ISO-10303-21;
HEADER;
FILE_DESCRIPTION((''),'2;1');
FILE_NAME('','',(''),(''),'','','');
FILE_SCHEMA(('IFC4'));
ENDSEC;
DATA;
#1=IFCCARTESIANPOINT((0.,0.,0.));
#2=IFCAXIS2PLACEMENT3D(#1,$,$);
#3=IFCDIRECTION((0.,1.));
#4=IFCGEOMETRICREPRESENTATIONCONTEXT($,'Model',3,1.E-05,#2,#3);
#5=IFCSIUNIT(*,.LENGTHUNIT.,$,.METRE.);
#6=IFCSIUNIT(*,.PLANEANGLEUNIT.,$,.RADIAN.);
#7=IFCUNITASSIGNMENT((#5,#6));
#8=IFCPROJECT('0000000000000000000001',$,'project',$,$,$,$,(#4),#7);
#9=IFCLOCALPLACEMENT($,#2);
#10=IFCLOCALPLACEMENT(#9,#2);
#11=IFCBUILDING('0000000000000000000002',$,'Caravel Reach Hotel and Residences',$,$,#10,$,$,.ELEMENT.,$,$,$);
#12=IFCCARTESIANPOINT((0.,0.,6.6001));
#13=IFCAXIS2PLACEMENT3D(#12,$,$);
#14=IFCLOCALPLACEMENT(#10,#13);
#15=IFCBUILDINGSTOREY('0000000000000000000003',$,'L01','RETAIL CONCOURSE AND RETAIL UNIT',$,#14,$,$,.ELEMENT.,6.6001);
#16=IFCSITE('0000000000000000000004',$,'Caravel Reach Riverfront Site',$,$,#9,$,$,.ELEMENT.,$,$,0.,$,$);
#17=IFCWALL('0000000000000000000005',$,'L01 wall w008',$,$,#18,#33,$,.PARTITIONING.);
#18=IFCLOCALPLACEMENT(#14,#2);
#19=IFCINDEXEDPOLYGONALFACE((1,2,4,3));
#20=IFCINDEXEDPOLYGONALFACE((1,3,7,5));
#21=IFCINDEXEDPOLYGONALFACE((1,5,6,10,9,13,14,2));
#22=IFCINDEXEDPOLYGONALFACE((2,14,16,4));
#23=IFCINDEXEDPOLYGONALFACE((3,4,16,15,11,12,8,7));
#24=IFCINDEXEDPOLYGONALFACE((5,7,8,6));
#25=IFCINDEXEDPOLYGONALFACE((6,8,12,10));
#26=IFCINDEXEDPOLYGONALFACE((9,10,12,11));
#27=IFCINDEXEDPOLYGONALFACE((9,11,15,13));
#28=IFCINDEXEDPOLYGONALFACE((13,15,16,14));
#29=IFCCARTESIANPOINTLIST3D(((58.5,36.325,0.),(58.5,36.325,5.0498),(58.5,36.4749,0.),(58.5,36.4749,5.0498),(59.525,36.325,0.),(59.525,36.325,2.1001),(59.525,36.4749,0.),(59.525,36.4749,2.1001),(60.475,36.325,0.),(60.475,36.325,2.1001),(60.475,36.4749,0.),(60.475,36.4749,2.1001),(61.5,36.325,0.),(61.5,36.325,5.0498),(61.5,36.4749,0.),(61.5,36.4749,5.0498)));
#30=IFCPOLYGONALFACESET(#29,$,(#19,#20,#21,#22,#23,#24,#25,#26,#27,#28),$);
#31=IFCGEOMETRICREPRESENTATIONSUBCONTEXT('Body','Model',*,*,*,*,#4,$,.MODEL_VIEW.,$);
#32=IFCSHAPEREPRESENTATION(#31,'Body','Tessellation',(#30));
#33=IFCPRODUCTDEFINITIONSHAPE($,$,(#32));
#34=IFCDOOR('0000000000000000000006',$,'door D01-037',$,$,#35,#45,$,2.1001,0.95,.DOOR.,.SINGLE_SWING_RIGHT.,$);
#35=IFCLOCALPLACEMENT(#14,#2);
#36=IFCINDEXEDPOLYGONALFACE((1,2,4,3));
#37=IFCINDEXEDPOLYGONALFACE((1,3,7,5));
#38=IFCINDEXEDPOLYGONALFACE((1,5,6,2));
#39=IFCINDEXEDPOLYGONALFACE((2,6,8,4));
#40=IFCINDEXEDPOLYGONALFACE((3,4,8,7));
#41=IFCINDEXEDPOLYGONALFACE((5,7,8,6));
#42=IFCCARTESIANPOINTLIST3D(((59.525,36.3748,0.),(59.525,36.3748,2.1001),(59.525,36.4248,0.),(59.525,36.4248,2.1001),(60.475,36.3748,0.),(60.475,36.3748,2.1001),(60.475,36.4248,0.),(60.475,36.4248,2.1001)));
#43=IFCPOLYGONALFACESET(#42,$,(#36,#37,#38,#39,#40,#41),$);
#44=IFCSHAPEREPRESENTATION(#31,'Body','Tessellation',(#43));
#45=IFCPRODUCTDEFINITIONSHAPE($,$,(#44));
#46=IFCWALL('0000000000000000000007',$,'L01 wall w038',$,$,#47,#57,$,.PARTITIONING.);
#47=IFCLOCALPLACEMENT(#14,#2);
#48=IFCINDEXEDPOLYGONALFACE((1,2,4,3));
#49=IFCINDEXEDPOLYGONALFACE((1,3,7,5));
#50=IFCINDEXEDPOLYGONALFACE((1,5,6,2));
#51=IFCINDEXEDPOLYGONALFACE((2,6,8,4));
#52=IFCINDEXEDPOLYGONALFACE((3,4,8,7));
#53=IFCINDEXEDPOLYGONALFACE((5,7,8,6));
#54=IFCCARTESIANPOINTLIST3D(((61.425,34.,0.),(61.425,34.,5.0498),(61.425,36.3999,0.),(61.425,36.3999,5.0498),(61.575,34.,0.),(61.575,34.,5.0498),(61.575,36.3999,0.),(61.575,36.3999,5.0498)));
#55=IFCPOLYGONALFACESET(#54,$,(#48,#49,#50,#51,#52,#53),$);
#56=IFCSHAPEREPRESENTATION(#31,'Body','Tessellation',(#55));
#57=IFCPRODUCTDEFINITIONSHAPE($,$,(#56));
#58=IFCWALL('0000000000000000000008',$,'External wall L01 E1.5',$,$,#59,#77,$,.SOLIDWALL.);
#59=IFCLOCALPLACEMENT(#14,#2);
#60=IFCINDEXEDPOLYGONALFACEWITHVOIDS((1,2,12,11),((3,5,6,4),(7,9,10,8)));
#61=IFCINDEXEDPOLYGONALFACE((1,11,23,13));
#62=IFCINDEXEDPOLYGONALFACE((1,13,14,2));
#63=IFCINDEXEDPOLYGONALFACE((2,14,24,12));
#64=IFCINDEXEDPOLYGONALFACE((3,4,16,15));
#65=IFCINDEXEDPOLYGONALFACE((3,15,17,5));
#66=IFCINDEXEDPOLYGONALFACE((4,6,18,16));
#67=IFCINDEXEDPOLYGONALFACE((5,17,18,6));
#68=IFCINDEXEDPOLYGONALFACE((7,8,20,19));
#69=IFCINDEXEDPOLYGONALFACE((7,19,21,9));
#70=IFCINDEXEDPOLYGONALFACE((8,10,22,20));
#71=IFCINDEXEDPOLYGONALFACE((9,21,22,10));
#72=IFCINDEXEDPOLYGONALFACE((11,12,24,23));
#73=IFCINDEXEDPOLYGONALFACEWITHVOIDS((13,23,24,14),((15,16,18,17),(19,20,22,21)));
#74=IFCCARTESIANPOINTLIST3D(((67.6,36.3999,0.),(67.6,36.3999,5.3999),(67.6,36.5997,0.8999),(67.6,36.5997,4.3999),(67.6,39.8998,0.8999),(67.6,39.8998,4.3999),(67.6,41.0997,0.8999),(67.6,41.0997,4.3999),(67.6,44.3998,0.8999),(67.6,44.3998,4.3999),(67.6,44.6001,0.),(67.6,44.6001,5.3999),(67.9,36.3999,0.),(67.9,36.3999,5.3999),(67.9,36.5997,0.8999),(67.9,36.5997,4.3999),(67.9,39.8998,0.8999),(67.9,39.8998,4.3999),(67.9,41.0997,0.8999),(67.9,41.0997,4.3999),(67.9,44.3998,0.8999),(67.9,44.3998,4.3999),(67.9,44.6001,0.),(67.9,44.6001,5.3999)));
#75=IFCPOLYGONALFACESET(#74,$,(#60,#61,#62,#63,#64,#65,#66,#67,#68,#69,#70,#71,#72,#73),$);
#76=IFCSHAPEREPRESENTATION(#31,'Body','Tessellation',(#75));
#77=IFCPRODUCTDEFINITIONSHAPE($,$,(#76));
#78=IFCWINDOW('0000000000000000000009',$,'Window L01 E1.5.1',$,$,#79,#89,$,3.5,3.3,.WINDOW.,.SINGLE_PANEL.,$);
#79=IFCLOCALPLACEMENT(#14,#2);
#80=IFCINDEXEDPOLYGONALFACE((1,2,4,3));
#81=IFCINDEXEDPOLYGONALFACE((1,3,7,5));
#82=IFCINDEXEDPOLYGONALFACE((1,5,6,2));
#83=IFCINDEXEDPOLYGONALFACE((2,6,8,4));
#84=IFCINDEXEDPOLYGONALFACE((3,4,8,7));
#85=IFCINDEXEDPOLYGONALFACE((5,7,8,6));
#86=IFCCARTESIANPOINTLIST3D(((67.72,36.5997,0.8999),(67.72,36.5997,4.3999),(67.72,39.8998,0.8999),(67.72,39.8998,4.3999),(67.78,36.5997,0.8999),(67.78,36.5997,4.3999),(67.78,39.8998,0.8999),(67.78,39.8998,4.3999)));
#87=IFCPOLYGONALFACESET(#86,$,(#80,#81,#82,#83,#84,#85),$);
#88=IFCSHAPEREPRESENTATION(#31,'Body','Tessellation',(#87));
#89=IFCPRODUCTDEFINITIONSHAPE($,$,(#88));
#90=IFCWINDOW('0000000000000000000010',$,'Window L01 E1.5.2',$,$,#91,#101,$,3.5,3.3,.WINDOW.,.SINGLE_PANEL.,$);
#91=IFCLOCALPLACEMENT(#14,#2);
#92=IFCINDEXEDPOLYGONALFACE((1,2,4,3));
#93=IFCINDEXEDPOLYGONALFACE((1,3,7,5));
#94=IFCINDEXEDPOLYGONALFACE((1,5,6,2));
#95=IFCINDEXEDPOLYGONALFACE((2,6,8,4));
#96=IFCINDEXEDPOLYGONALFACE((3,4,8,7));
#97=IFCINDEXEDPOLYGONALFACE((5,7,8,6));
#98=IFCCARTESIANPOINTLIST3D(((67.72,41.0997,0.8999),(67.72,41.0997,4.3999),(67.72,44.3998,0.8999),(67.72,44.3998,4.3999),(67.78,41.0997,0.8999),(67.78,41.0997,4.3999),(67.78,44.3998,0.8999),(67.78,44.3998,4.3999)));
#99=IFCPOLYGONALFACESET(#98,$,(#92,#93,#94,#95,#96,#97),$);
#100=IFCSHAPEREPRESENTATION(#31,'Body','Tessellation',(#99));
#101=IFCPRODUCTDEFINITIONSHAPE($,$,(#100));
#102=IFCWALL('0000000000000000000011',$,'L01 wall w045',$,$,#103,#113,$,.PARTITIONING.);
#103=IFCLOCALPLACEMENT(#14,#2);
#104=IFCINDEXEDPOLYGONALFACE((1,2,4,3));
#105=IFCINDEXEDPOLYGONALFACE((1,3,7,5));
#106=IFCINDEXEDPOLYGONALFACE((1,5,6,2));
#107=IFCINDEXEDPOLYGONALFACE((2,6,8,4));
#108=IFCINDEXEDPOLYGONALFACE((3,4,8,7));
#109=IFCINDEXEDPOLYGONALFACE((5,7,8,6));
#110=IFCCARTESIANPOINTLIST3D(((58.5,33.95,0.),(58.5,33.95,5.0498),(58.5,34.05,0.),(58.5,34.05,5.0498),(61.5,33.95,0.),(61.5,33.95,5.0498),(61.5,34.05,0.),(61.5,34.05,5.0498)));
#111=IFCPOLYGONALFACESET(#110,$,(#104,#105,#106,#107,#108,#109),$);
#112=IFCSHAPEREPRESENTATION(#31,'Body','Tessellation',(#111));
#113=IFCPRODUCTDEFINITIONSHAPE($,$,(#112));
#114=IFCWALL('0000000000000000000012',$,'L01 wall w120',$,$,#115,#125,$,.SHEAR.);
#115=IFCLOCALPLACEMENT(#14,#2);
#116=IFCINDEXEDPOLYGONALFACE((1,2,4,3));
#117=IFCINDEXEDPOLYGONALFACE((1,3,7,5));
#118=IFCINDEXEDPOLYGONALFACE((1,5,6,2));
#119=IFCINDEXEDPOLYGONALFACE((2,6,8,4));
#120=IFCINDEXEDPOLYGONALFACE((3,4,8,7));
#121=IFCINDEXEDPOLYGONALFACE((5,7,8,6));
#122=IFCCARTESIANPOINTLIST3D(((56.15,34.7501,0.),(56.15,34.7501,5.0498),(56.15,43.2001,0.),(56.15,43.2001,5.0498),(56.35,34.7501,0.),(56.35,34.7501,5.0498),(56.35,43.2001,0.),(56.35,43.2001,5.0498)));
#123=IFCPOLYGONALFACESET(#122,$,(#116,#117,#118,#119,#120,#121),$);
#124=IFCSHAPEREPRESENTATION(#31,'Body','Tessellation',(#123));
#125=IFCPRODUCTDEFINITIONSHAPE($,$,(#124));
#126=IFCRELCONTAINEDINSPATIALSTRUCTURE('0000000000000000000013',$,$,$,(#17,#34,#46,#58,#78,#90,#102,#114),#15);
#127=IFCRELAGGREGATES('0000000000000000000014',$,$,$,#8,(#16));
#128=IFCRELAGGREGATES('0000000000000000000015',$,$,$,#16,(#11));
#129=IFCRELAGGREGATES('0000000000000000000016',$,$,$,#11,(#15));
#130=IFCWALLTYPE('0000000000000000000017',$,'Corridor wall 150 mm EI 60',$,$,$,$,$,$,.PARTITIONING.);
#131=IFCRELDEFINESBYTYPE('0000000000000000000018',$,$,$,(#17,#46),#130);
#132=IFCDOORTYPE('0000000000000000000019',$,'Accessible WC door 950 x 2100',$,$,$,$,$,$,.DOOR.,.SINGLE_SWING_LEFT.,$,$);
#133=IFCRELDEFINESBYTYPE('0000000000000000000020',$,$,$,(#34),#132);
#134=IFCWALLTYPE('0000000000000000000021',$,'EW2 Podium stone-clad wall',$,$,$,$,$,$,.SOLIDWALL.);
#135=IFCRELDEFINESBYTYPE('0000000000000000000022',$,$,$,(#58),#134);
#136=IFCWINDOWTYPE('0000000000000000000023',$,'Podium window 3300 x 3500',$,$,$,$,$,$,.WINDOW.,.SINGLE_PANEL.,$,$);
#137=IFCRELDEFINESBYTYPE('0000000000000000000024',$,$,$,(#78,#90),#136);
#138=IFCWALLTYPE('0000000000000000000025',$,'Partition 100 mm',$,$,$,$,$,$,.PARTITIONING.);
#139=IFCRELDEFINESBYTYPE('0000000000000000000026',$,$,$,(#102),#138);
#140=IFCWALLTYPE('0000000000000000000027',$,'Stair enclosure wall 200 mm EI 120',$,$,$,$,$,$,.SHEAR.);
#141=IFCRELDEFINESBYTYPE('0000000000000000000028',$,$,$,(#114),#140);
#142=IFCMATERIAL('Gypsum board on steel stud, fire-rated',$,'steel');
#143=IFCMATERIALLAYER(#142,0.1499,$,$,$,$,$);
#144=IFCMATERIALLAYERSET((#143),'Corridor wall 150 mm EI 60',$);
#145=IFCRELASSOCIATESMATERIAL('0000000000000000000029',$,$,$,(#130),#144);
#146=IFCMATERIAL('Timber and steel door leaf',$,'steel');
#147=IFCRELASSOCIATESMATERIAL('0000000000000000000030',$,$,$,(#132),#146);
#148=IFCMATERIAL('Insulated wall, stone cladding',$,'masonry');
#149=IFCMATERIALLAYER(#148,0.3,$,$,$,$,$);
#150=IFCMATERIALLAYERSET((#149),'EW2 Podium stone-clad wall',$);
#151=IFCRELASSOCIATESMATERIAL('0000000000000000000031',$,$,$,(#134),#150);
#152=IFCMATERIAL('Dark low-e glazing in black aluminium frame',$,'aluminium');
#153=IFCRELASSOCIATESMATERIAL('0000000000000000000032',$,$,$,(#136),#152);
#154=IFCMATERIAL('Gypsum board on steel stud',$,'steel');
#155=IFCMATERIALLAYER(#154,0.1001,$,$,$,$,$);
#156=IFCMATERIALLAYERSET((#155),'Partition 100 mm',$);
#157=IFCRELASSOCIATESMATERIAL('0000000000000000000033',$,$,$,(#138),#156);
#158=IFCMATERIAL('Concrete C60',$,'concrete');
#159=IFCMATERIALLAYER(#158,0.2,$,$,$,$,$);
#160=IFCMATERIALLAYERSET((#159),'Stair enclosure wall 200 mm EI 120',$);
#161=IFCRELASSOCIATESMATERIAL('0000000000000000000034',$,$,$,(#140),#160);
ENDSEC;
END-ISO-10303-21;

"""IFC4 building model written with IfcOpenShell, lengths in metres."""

from ifc_helpers import new_model, si_unit, direction, frame, frame_2d, origin, place, context, subcontext, project, spatial, rectangle, extrude, material, layer, layer_set, type_object, element, fill, save


model = new_model("IFC4")

# Units and contexts
model_context = context("Model", 3, precision=1e-05, world=origin(), true_north=direction((0.0, 1.0)))
body_context = subcontext(model_context, "Body", "Model", "MODEL_VIEW")
ifc_project = project(units=[si_unit("LENGTHUNIT", "METRE"), si_unit("PLANEANGLEUNIT", "RADIAN")], contexts=[model_context])

# Site, building, storey
site_placement = place(None, origin())
site = spatial("IfcSite", under=ifc_project, at=site_placement, Name="Caravel Reach Riverfront Site", CompositionType="ELEMENT", RefElevation=0.0)
building_placement = place(site_placement, origin())
building = spatial("IfcBuilding", under=site, at=building_placement, Name="Caravel Reach Hotel and Residences", CompositionType="ELEMENT")
storey_placement = place(building_placement, frame((0.0, 0.0, 6.6001)))
storey = spatial("IfcBuildingStorey", under=building, at=storey_placement, Name="L01", Description="RETAIL CONCOURSE AND RETAIL UNIT", CompositionType="ELEMENT", Elevation=6.6001)

# Wall, opening, door
ifc_material_1 = material(Name="Gypsum board on steel stud, fire-rated", Category="steel")
ifc_layer_1 = layer(ifc_material_1, 0.1499)
ifc_layer_set_1 = layer_set([ifc_layer_1], Name="Corridor wall 150 mm EI 60")
wall_type_1 = type_object("IfcWallType", Name="Corridor wall 150 mm EI 60", PredefinedType="PARTITIONING", material=ifc_layer_set_1)
wall_1_placement = place(storey_placement, frame((58.5, 36.3999, 0.0), z_axis=(0.0, 0.0, 1.0), x_axis=(1.0, 0.0, 0.0)))
wall_1 = element("IfcWall", 1, at=wall_1_placement, inside=storey, type_object=wall_type_1, Name="L01 wall w008", PredefinedType="PARTITIONING", context=body_context, shape_type="SweptSolid", body=[
    extrude(rectangle(XDim=3.0, YDim=0.1499, at=frame_2d((1.5, 0.0))), origin(), (0.0, 0.0, 1.0), 5.0498),
])
opening_1_placement = place(wall_1_placement, frame((1.0249, 0.0, 0.0)))
opening_1 = element("IfcOpeningElement", 2, at=opening_1_placement, cuts=wall_1, PredefinedType="OPENING", context=body_context, shape_type="SweptSolid", body=[
    extrude(rectangle(XDim=0.95, YDim=2.1001, at=frame_2d((0.4751, 1.05))), frame((0.0, 0.085, 0.0), z_axis=(0.0, -1.0, 0.0), x_axis=(1.0, 0.0, 0.0)), (0.0, 0.0, 1.0), 0.1699),
])
ifc_material_2 = material(Name="Timber and steel door leaf", Category="steel")
door_type_1 = type_object("IfcDoorType", Name="Accessible WC door 950 x 2100", OperationType="SINGLE_SWING_LEFT", PredefinedType="DOOR", material=ifc_material_2)
door_1_placement = place(opening_1_placement, origin())
door_1 = element("IfcDoor", 3, at=door_1_placement, inside=storey, type_object=door_type_1, Name="door D01-037", OperationType="SINGLE_SWING_RIGHT", OverallHeight=2.1001, OverallWidth=0.95, PredefinedType="DOOR", context=body_context, shape_type="SweptSolid", body=[
    extrude(rectangle(XDim=0.95, YDim=2.1001, at=frame_2d((0.4751, 1.05))), frame((0.0, 0.0249, 0.0), z_axis=(0.0, -1.0, 0.0), x_axis=(1.0, 0.0, 0.0)), (0.0, 0.0, 1.0), 0.05),
])
fill(opening_1, door_1)

# Wall
wall_2_placement = place(storey_placement, frame((61.5, 34.0, 0.0), z_axis=(0.0, 0.0, 1.0), x_axis=(0.0, 1.0, 0.0)))
element("IfcWall", 4, at=wall_2_placement, inside=storey, type_object=wall_type_1, Name="L01 wall w038", PredefinedType="PARTITIONING", context=body_context, shape_type="SweptSolid", body=[
    extrude(rectangle(XDim=2.3999, YDim=0.1499, at=frame_2d((1.2, 0.0))), origin(), (0.0, 0.0, 1.0), 5.0498),
])

# Wall, openings, windows
ifc_material_3 = material(Name="Insulated wall, stone cladding", Category="masonry")
ifc_layer_2 = layer(ifc_material_3, 0.3)
ifc_layer_set_2 = layer_set([ifc_layer_2], Name="EW2 Podium stone-clad wall")
wall_type_2 = type_object("IfcWallType", Name="EW2 Podium stone-clad wall", PredefinedType="SOLIDWALL", material=ifc_layer_set_2)
wall_3_placement = place(storey_placement, frame((67.75, 36.3999, 0.0), z_axis=(0.0, 0.0, 1.0), x_axis=(0.0, 1.0, 0.0)))
wall_3 = element("IfcWall", 5, at=wall_3_placement, inside=storey, type_object=wall_type_2, Name="External wall L01 E1.5", PredefinedType="SOLIDWALL", context=body_context, shape_type="SweptSolid", body=[
    extrude(rectangle(XDim=8.2002, YDim=0.3, at=frame_2d((4.1001, 0.0))), origin(), (0.0, 0.0, 1.0), 5.3999),
])
opening_2_placement = place(wall_3_placement, frame((0.2, 0.0, 0.8999)))
opening_2 = element("IfcOpeningElement", 6, at=opening_2_placement, cuts=wall_3, PredefinedType="OPENING", context=body_context, shape_type="SweptSolid", body=[
    extrude(rectangle(XDim=3.3, YDim=3.5, at=frame_2d((1.6499, 1.75))), frame((0.0, 0.1599, 0.0), z_axis=(0.0, -1.0, 0.0), x_axis=(1.0, 0.0, 0.0)), (0.0, 0.0, 1.0), 0.3201),
])
opening_3_placement = place(wall_3_placement, frame((4.7, 0.0, 0.8999)))
opening_3 = element("IfcOpeningElement", 7, at=opening_3_placement, cuts=wall_3, PredefinedType="OPENING", context=body_context, shape_type="SweptSolid", body=[
    extrude(rectangle(XDim=3.3, YDim=3.5, at=frame_2d((1.6499, 1.75))), frame((0.0, 0.1599, 0.0), z_axis=(0.0, -1.0, 0.0), x_axis=(1.0, 0.0, 0.0)), (0.0, 0.0, 1.0), 0.3201),
])
ifc_material_4 = material(Name="Dark low-e glazing in black aluminium frame", Category="aluminium")
window_type = type_object("IfcWindowType", Name="Podium window 3300 x 3500", PartitioningType="SINGLE_PANEL", PredefinedType="WINDOW", material=ifc_material_4)
window_1_placement = place(opening_2_placement, origin())
window_1 = element("IfcWindow", 8, at=window_1_placement, inside=storey, type_object=window_type, Name="Window L01 E1.5.1", OverallHeight=3.5, OverallWidth=3.3, PartitioningType="SINGLE_PANEL", PredefinedType="WINDOW", context=body_context, shape_type="SweptSolid", body=[
    extrude(rectangle(XDim=3.3, YDim=3.5, at=frame_2d((1.6499, 1.75))), frame((0.0, 0.03, 0.0), z_axis=(0.0, -1.0, 0.0), x_axis=(1.0, 0.0, 0.0)), (0.0, 0.0, 1.0), 0.0601),
])
fill(opening_2, window_1)
window_2_placement = place(opening_3_placement, origin())
window_2 = element("IfcWindow", 9, at=window_2_placement, inside=storey, type_object=window_type, Name="Window L01 E1.5.2", OverallHeight=3.5, OverallWidth=3.3, PartitioningType="SINGLE_PANEL", PredefinedType="WINDOW", context=body_context, shape_type="SweptSolid", body=[
    extrude(rectangle(XDim=3.3, YDim=3.5, at=frame_2d((1.6499, 1.75))), frame((0.0, 0.03, 0.0), z_axis=(0.0, -1.0, 0.0), x_axis=(1.0, 0.0, 0.0)), (0.0, 0.0, 1.0), 0.0601),
])
fill(opening_3, window_2)

# Walls
ifc_material_5 = material(Name="Gypsum board on steel stud", Category="steel")
ifc_layer_3 = layer(ifc_material_5, 0.1001)
ifc_layer_set_3 = layer_set([ifc_layer_3], Name="Partition 100 mm")
wall_type_3 = type_object("IfcWallType", Name="Partition 100 mm", PredefinedType="PARTITIONING", material=ifc_layer_set_3)
wall_4_placement = place(storey_placement, frame((58.5, 34.0, 0.0), z_axis=(0.0, 0.0, 1.0), x_axis=(1.0, 0.0, 0.0)))
element("IfcWall", 10, at=wall_4_placement, inside=storey, type_object=wall_type_3, Name="L01 wall w045", PredefinedType="PARTITIONING", context=body_context, shape_type="SweptSolid", body=[
    extrude(rectangle(XDim=3.0, YDim=0.1001, at=frame_2d((1.5, 0.0))), origin(), (0.0, 0.0, 1.0), 5.0498),
])
ifc_material_6 = material(Name="Concrete C60", Category="concrete")
ifc_layer_4 = layer(ifc_material_6, 0.2)
ifc_layer_set_4 = layer_set([ifc_layer_4], Name="Stair enclosure wall 200 mm EI 120")
wall_type_4 = type_object("IfcWallType", Name="Stair enclosure wall 200 mm EI 120", PredefinedType="SHEAR", material=ifc_layer_set_4)
wall_5_placement = place(storey_placement, frame((56.25, 34.75, 0.0), z_axis=(0.0, 0.0, 1.0), x_axis=(0.0, 1.0, 0.0)))
element("IfcWall", 11, at=wall_5_placement, inside=storey, type_object=wall_type_4, Name="L01 wall w120", PredefinedType="SHEAR", context=body_context, shape_type="SweptSolid", body=[
    extrude(rectangle(XDim=8.45, YDim=0.2, at=frame_2d((4.2251, 0.0))), origin(), (0.0, 0.0, 1.0), 5.0498),
])

save(model, "model.ifc")
